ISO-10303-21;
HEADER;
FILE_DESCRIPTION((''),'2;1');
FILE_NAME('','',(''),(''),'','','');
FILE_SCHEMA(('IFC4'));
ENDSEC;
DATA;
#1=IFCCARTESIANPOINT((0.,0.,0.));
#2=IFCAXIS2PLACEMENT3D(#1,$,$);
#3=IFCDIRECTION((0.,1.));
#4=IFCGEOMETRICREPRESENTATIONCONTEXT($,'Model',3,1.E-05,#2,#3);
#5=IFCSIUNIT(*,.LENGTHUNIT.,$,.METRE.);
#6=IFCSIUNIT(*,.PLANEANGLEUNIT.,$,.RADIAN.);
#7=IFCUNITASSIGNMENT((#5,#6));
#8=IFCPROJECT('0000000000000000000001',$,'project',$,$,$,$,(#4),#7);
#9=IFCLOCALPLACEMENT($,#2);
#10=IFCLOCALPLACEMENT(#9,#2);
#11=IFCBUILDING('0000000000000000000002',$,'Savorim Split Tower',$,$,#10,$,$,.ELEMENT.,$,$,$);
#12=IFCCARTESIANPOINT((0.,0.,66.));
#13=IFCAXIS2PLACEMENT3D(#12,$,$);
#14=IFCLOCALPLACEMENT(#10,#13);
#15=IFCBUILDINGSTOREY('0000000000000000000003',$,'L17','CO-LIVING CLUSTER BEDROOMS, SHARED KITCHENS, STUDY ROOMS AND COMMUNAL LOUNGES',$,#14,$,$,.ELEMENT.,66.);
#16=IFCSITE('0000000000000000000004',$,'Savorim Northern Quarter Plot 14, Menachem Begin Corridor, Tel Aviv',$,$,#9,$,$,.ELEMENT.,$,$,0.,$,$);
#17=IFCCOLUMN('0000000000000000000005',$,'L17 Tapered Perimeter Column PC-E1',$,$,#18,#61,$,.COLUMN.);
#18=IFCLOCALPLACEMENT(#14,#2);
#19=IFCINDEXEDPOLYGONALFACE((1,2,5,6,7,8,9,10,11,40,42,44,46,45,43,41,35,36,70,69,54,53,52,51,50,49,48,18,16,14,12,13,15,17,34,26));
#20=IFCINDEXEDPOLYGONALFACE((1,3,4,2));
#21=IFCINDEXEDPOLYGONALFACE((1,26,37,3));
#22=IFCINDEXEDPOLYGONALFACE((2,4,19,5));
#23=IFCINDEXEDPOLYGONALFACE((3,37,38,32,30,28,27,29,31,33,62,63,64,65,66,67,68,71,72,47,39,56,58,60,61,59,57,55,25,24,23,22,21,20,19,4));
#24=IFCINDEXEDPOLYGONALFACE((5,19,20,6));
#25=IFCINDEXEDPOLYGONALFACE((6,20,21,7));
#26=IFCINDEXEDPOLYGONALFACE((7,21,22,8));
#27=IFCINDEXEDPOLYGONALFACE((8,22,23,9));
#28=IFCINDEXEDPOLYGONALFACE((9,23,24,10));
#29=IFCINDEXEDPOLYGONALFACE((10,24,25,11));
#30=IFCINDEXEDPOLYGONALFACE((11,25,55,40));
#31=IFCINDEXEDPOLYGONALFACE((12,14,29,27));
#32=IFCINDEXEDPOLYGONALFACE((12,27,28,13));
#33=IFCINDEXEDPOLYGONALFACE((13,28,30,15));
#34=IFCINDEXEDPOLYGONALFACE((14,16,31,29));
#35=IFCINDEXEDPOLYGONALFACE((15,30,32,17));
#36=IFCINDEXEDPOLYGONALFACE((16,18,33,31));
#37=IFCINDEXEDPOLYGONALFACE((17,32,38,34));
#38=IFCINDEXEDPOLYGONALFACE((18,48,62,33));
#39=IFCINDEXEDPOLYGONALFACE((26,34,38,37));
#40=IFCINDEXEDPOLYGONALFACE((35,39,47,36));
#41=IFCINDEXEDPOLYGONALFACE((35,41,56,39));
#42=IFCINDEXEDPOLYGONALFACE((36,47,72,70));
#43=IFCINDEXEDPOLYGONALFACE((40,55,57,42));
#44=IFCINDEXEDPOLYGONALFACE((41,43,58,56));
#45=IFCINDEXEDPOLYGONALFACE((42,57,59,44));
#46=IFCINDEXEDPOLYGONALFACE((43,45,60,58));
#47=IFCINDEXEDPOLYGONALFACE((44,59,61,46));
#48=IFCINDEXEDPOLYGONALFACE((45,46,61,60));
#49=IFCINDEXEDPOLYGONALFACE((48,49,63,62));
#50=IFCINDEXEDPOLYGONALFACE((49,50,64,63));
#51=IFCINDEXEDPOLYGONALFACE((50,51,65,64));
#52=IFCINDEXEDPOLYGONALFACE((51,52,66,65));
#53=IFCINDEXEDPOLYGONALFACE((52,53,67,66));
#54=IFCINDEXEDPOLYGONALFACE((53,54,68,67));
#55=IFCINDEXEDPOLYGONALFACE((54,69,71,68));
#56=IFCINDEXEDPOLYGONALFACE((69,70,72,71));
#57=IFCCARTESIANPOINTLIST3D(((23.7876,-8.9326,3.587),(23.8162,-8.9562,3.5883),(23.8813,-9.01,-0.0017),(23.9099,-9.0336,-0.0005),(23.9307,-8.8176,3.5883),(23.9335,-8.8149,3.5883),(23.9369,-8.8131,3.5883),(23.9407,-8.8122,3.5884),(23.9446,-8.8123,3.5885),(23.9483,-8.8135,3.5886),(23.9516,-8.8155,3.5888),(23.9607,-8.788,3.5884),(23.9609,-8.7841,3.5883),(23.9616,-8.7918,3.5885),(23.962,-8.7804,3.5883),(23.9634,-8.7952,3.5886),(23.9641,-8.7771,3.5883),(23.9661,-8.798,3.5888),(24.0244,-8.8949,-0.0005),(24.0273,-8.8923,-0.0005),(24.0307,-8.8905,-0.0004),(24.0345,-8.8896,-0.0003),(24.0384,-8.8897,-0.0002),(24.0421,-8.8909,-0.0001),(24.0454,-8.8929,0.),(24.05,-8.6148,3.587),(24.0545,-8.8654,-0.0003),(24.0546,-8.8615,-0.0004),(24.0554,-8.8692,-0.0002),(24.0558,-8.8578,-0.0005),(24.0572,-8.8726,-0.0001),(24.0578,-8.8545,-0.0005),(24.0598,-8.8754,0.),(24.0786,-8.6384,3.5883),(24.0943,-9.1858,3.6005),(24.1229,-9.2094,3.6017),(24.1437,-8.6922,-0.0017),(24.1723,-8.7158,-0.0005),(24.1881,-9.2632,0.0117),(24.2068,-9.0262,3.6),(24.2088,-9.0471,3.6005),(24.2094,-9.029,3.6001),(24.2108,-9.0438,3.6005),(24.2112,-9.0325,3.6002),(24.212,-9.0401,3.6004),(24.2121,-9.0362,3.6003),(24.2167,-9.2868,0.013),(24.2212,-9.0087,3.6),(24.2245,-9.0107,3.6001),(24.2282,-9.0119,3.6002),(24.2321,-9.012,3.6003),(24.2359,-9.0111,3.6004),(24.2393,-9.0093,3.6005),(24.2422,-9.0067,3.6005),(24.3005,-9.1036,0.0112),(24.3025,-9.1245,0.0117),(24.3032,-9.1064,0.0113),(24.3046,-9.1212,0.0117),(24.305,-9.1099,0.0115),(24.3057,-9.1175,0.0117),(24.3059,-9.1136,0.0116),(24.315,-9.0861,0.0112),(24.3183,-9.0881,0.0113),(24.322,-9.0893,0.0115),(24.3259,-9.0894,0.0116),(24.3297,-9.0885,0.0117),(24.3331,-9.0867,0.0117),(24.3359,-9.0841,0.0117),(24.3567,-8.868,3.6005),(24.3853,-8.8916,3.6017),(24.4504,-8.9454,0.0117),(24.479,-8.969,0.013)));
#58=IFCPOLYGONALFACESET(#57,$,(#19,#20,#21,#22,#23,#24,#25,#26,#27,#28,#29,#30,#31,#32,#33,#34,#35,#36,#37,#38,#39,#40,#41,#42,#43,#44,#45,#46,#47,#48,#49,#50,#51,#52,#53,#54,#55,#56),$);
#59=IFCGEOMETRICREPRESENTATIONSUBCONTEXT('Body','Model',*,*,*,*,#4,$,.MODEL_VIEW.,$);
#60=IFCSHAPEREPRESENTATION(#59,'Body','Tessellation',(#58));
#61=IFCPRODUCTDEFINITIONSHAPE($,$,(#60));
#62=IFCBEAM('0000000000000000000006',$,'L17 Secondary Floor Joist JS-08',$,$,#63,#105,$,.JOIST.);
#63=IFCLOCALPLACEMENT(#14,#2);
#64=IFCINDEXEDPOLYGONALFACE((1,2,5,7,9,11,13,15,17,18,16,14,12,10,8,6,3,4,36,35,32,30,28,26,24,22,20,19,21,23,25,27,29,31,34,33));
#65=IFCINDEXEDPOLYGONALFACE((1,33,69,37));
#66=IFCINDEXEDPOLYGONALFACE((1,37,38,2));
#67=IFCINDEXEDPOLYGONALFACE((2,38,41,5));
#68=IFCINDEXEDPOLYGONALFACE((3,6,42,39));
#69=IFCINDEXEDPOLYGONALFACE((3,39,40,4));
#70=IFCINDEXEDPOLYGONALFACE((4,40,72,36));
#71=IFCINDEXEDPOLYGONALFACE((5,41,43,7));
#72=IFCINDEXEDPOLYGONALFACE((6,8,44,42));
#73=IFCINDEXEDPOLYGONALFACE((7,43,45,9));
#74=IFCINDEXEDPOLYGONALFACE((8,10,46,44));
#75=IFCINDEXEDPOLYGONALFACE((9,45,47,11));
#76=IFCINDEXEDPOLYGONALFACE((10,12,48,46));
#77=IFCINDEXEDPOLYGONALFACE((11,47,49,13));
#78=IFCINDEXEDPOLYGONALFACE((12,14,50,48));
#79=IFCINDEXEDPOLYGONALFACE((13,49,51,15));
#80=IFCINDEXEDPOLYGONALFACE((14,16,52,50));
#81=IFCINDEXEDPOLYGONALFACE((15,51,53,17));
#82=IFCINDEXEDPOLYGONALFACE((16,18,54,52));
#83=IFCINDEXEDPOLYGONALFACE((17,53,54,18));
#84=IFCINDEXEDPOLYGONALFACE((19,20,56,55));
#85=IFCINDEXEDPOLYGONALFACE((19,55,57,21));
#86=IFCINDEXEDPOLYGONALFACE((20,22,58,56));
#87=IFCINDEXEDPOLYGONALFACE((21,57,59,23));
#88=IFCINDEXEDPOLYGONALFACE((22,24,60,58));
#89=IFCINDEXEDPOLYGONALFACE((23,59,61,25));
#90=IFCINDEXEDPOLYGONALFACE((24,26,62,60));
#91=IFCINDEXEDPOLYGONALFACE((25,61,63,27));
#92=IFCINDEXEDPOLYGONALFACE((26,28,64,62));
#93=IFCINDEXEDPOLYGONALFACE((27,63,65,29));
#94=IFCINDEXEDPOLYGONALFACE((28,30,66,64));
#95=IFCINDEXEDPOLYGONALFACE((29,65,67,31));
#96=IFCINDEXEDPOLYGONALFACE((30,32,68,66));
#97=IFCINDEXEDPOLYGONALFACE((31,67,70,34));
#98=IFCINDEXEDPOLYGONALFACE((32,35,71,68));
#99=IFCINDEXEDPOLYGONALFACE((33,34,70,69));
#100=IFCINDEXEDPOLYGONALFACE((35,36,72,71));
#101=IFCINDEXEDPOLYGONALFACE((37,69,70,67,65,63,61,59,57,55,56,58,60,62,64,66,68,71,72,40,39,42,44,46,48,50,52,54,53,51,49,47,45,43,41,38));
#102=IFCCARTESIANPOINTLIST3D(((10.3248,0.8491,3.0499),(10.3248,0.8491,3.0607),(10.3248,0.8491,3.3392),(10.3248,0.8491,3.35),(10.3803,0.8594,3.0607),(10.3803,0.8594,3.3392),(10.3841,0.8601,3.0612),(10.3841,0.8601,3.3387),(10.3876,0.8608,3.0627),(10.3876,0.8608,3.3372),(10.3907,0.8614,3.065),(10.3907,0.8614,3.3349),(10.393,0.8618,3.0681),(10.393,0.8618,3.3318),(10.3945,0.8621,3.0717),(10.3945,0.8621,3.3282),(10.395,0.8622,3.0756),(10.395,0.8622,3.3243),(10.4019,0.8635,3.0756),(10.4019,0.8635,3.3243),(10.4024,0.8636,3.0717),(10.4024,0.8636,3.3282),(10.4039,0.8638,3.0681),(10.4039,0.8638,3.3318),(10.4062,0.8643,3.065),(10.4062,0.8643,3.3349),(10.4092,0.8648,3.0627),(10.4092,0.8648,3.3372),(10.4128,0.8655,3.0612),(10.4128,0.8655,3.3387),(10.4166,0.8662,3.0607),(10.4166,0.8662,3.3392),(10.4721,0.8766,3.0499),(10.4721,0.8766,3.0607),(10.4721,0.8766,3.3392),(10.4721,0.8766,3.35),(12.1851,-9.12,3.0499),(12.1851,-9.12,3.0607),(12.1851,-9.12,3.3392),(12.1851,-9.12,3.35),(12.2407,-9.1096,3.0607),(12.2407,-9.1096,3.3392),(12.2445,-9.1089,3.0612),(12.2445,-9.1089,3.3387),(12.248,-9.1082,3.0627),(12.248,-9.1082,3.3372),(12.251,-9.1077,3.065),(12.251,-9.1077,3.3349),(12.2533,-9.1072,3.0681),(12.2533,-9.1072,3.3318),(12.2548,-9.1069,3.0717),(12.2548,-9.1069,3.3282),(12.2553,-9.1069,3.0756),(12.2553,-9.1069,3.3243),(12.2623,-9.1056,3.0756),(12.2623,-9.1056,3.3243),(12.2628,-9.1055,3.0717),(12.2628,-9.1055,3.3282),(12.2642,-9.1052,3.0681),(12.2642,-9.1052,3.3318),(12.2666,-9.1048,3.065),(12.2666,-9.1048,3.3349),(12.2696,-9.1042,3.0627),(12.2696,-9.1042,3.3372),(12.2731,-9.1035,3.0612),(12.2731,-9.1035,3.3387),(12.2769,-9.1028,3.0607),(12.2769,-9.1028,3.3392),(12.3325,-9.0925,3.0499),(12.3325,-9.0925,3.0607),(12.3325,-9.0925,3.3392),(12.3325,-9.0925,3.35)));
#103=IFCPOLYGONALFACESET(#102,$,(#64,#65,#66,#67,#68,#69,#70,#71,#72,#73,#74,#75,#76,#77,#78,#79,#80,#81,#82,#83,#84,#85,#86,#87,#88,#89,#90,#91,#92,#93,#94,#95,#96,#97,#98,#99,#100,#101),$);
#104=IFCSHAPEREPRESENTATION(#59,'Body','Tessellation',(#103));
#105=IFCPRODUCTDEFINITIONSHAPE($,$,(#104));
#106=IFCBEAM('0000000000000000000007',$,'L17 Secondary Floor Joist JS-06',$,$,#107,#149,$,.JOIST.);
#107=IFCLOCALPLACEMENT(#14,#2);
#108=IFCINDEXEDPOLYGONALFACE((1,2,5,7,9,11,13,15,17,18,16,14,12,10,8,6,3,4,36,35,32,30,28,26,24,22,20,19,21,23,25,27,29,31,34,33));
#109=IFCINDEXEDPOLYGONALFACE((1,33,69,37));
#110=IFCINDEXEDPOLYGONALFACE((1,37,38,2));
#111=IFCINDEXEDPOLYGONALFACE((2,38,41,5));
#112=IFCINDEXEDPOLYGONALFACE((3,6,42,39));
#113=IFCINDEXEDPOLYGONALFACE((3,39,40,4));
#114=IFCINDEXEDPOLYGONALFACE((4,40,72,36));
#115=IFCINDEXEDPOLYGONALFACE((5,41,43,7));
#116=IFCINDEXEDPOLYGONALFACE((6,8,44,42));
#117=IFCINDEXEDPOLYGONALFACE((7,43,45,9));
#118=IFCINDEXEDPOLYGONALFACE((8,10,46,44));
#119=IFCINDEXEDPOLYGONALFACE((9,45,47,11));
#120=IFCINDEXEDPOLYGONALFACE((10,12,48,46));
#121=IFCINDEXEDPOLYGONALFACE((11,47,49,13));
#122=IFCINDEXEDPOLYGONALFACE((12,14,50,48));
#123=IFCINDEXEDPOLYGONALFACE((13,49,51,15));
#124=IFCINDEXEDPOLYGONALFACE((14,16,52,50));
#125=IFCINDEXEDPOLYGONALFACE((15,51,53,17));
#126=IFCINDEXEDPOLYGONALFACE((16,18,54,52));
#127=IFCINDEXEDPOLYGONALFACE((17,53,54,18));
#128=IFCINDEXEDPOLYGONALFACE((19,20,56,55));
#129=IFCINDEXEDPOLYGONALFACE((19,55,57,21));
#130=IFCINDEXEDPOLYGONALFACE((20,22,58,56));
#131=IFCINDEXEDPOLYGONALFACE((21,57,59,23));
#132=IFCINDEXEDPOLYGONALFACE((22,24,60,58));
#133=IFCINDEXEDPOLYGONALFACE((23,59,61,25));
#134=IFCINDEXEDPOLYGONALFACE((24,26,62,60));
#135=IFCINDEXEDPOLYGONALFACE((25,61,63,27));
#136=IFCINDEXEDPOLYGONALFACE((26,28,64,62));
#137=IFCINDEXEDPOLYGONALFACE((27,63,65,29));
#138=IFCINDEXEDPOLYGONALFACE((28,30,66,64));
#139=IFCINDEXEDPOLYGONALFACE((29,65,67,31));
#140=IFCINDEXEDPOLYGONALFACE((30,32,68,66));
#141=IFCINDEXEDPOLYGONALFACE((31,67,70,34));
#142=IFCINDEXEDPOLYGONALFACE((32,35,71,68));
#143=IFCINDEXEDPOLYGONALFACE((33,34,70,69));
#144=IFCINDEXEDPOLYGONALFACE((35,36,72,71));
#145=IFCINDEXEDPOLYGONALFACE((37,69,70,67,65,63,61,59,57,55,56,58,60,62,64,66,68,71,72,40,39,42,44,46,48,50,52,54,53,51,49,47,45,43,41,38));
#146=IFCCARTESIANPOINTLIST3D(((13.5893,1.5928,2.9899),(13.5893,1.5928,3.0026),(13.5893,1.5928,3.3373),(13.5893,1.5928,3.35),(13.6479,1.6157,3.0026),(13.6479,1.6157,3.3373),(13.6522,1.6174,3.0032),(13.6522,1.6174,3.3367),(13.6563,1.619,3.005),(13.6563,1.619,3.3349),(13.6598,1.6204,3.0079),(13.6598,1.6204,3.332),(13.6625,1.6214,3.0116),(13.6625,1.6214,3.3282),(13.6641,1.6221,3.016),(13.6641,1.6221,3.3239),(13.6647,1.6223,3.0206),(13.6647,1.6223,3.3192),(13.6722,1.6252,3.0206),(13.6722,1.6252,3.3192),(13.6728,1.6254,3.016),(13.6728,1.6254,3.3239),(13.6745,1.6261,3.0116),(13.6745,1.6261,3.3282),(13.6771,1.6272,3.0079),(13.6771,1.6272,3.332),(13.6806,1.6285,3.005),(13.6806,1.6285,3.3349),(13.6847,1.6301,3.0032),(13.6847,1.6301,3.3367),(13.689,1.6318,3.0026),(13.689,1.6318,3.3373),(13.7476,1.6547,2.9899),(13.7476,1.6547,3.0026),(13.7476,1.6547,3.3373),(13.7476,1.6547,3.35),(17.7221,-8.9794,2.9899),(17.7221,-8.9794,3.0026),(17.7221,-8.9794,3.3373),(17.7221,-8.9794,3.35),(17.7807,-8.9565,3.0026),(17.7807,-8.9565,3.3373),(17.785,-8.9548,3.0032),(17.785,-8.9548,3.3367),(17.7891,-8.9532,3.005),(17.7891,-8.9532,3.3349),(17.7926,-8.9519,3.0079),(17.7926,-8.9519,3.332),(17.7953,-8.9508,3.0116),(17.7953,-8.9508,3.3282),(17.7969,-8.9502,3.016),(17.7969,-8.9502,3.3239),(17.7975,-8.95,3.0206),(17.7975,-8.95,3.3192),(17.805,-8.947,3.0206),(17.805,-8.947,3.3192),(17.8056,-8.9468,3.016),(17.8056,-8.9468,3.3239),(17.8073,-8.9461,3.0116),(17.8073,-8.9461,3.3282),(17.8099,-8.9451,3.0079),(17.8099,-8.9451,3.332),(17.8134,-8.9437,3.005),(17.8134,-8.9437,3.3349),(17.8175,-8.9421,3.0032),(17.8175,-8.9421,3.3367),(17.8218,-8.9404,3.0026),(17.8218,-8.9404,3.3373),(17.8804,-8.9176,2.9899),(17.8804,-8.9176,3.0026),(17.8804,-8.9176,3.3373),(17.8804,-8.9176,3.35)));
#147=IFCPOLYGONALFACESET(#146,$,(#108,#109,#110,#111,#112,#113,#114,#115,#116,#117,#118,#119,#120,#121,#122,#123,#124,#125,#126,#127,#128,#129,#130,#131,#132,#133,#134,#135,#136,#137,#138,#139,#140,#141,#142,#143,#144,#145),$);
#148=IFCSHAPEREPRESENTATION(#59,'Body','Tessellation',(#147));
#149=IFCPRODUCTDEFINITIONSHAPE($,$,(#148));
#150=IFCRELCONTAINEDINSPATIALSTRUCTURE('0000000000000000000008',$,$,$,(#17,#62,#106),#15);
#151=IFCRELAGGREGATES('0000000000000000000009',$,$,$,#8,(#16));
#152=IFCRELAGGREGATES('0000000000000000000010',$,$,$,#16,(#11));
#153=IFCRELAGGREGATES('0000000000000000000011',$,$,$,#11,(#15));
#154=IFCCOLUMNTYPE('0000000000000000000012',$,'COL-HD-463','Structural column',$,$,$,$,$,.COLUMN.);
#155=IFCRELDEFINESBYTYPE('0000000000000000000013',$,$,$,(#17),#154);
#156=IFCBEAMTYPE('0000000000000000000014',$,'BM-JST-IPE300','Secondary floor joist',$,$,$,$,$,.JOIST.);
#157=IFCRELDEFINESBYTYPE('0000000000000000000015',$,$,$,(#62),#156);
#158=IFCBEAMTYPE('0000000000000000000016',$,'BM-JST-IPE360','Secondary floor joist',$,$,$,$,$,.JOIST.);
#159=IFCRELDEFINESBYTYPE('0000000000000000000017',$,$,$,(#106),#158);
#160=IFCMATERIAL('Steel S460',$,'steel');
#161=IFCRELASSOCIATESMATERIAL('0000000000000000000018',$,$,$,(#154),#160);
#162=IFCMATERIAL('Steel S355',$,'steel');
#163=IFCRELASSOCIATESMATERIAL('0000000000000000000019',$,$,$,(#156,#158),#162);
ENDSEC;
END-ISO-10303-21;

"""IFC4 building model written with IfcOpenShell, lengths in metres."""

from ifc_helpers import new_model, si_unit, direction, frame, origin, origin_2d, place, context, subcontext, project, spatial, i_section, extrude, material, material_profile, profile_set, type_object, element, save


model = new_model("IFC4")

# Units and contexts
model_context = context("Model", 3, precision=1e-05, world=origin(), true_north=direction((0.0, 1.0)))
body_context = subcontext(model_context, "Body", "Model", "MODEL_VIEW")
ifc_project = project(units=[si_unit("LENGTHUNIT", "METRE"), si_unit("PLANEANGLEUNIT", "RADIAN")], contexts=[model_context])

# Site, building, storey
site_placement = place(None, origin())
site = spatial("IfcSite", under=ifc_project, at=site_placement, Name="Savorim Northern Quarter Plot 14, Menachem Begin Corridor, Tel Aviv", CompositionType="ELEMENT", RefElevation=0.0)
building_placement = place(site_placement, origin())
building = spatial("IfcBuilding", under=site, at=building_placement, Name="Savorim Split Tower", CompositionType="ELEMENT")
storey_placement = place(building_placement, frame((0.0, 0.0, 66.0)))
storey = spatial("IfcBuildingStorey", under=building, at=storey_placement, Name="L17", Description="CO-LIVING CLUSTER BEDROOMS, SHARED KITCHENS, STUDY ROOMS AND COMMUNAL LOUNGES", CompositionType="ELEMENT", Elevation=66.0)

# Column
ifc_material_1 = material(Name="Steel S460", Category="steel")
ifc_material_profile_1 = material_profile(ifc_material_1, i_section(OverallWidth=0.4121, OverallDepth=0.4351, WebThickness=0.0227, FlangeThickness=0.0371, FilletRadius=0.0149, at=origin_2d()), Name="HD 400x463")
ifc_profile_set_1 = profile_set([ifc_material_profile_1], Name="Steel S460")
column_type = type_object("IfcColumnType", Name="COL-HD-463", Description="Structural column", PredefinedType="COLUMN", material=ifc_profile_set_1)
column_placement = place(storey_placement, frame((24.1802, -8.9895, 0.0056), z_axis=(-0.026107, 0.021552, 0.999427), x_axis=(-0.636622, -0.771176, 0.0)))
element("IfcColumn", 1, at=column_placement, inside=storey, type_object=column_type, Name="L17 Tapered Perimeter Column PC-E1", PredefinedType="COLUMN", context=body_context, shape_type="SweptSolid", body=[
    extrude(i_section(OverallWidth=0.4121, OverallDepth=0.4351, WebThickness=0.0227, FlangeThickness=0.0371, FilletRadius=0.0149, at=origin_2d()), origin(), (0.0, 0.0, 1.0), 3.5908),
])

# Beams
ifc_material_2 = material(Name="Steel S355", Category="steel")
ifc_material_profile_2 = material_profile(ifc_material_2, i_section(OverallWidth=0.1499, OverallDepth=0.3, WebThickness=0.0071, FlangeThickness=0.0107, FilletRadius=0.0149, at=origin_2d()), Name="IPE 300")
ifc_profile_set_2 = profile_set([ifc_material_profile_2], Name="Steel S355")
beam_type_1 = type_object("IfcBeamType", Name="BM-JST-IPE300", Description="Secondary floor joist", PredefinedType="JOIST", material=ifc_profile_set_2)
beam_1_placement = place(storey_placement, frame((12.2588, -9.1062, 3.2), z_axis=(-0.183447, 0.98303, 0.0), x_axis=(-0.98303, -0.183447, 0.0)))
element("IfcBeam", 2, at=beam_1_placement, inside=storey, type_object=beam_type_1, Name="L17 Secondary Floor Joist JS-08", PredefinedType="JOIST", context=body_context, shape_type="SweptSolid", body=[
    extrude(i_section(OverallWidth=0.1499, OverallDepth=0.3, WebThickness=0.0071, FlangeThickness=0.0107, FilletRadius=0.0149, at=origin_2d()), origin(), (0.0, 0.0, 1.0), 10.1411),
])
ifc_material_profile_3 = material_profile(ifc_material_2, i_section(OverallWidth=0.1699, OverallDepth=0.3601, WebThickness=0.0081, FlangeThickness=0.0127, FilletRadius=0.0181, at=origin_2d()), Name="IPE 360")
ifc_profile_set_3 = profile_set([ifc_material_profile_3], Name="Steel S355")
beam_type_2 = type_object("IfcBeamType", Name="BM-JST-IPE360", Description="Secondary floor joist", PredefinedType="JOIST", material=ifc_profile_set_3)
beam_2_placement = place(storey_placement, frame((17.8013, -8.9485, 3.1699), z_axis=(-0.364081, 0.931367, 0.0), x_axis=(-0.931367, -0.364081, 0.0)))
element("IfcBeam", 3, at=beam_2_placement, inside=storey, type_object=beam_type_2, Name="L17 Secondary Floor Joist JS-06", PredefinedType="JOIST", context=body_context, shape_type="SweptSolid", body=[
    extrude(i_section(OverallWidth=0.1699, OverallDepth=0.3601, WebThickness=0.0081, FlangeThickness=0.0127, FilletRadius=0.0181, at=origin_2d()), origin(), (0.0, 0.0, 1.0), 11.3513),
])

save(model, "model.ifc")
